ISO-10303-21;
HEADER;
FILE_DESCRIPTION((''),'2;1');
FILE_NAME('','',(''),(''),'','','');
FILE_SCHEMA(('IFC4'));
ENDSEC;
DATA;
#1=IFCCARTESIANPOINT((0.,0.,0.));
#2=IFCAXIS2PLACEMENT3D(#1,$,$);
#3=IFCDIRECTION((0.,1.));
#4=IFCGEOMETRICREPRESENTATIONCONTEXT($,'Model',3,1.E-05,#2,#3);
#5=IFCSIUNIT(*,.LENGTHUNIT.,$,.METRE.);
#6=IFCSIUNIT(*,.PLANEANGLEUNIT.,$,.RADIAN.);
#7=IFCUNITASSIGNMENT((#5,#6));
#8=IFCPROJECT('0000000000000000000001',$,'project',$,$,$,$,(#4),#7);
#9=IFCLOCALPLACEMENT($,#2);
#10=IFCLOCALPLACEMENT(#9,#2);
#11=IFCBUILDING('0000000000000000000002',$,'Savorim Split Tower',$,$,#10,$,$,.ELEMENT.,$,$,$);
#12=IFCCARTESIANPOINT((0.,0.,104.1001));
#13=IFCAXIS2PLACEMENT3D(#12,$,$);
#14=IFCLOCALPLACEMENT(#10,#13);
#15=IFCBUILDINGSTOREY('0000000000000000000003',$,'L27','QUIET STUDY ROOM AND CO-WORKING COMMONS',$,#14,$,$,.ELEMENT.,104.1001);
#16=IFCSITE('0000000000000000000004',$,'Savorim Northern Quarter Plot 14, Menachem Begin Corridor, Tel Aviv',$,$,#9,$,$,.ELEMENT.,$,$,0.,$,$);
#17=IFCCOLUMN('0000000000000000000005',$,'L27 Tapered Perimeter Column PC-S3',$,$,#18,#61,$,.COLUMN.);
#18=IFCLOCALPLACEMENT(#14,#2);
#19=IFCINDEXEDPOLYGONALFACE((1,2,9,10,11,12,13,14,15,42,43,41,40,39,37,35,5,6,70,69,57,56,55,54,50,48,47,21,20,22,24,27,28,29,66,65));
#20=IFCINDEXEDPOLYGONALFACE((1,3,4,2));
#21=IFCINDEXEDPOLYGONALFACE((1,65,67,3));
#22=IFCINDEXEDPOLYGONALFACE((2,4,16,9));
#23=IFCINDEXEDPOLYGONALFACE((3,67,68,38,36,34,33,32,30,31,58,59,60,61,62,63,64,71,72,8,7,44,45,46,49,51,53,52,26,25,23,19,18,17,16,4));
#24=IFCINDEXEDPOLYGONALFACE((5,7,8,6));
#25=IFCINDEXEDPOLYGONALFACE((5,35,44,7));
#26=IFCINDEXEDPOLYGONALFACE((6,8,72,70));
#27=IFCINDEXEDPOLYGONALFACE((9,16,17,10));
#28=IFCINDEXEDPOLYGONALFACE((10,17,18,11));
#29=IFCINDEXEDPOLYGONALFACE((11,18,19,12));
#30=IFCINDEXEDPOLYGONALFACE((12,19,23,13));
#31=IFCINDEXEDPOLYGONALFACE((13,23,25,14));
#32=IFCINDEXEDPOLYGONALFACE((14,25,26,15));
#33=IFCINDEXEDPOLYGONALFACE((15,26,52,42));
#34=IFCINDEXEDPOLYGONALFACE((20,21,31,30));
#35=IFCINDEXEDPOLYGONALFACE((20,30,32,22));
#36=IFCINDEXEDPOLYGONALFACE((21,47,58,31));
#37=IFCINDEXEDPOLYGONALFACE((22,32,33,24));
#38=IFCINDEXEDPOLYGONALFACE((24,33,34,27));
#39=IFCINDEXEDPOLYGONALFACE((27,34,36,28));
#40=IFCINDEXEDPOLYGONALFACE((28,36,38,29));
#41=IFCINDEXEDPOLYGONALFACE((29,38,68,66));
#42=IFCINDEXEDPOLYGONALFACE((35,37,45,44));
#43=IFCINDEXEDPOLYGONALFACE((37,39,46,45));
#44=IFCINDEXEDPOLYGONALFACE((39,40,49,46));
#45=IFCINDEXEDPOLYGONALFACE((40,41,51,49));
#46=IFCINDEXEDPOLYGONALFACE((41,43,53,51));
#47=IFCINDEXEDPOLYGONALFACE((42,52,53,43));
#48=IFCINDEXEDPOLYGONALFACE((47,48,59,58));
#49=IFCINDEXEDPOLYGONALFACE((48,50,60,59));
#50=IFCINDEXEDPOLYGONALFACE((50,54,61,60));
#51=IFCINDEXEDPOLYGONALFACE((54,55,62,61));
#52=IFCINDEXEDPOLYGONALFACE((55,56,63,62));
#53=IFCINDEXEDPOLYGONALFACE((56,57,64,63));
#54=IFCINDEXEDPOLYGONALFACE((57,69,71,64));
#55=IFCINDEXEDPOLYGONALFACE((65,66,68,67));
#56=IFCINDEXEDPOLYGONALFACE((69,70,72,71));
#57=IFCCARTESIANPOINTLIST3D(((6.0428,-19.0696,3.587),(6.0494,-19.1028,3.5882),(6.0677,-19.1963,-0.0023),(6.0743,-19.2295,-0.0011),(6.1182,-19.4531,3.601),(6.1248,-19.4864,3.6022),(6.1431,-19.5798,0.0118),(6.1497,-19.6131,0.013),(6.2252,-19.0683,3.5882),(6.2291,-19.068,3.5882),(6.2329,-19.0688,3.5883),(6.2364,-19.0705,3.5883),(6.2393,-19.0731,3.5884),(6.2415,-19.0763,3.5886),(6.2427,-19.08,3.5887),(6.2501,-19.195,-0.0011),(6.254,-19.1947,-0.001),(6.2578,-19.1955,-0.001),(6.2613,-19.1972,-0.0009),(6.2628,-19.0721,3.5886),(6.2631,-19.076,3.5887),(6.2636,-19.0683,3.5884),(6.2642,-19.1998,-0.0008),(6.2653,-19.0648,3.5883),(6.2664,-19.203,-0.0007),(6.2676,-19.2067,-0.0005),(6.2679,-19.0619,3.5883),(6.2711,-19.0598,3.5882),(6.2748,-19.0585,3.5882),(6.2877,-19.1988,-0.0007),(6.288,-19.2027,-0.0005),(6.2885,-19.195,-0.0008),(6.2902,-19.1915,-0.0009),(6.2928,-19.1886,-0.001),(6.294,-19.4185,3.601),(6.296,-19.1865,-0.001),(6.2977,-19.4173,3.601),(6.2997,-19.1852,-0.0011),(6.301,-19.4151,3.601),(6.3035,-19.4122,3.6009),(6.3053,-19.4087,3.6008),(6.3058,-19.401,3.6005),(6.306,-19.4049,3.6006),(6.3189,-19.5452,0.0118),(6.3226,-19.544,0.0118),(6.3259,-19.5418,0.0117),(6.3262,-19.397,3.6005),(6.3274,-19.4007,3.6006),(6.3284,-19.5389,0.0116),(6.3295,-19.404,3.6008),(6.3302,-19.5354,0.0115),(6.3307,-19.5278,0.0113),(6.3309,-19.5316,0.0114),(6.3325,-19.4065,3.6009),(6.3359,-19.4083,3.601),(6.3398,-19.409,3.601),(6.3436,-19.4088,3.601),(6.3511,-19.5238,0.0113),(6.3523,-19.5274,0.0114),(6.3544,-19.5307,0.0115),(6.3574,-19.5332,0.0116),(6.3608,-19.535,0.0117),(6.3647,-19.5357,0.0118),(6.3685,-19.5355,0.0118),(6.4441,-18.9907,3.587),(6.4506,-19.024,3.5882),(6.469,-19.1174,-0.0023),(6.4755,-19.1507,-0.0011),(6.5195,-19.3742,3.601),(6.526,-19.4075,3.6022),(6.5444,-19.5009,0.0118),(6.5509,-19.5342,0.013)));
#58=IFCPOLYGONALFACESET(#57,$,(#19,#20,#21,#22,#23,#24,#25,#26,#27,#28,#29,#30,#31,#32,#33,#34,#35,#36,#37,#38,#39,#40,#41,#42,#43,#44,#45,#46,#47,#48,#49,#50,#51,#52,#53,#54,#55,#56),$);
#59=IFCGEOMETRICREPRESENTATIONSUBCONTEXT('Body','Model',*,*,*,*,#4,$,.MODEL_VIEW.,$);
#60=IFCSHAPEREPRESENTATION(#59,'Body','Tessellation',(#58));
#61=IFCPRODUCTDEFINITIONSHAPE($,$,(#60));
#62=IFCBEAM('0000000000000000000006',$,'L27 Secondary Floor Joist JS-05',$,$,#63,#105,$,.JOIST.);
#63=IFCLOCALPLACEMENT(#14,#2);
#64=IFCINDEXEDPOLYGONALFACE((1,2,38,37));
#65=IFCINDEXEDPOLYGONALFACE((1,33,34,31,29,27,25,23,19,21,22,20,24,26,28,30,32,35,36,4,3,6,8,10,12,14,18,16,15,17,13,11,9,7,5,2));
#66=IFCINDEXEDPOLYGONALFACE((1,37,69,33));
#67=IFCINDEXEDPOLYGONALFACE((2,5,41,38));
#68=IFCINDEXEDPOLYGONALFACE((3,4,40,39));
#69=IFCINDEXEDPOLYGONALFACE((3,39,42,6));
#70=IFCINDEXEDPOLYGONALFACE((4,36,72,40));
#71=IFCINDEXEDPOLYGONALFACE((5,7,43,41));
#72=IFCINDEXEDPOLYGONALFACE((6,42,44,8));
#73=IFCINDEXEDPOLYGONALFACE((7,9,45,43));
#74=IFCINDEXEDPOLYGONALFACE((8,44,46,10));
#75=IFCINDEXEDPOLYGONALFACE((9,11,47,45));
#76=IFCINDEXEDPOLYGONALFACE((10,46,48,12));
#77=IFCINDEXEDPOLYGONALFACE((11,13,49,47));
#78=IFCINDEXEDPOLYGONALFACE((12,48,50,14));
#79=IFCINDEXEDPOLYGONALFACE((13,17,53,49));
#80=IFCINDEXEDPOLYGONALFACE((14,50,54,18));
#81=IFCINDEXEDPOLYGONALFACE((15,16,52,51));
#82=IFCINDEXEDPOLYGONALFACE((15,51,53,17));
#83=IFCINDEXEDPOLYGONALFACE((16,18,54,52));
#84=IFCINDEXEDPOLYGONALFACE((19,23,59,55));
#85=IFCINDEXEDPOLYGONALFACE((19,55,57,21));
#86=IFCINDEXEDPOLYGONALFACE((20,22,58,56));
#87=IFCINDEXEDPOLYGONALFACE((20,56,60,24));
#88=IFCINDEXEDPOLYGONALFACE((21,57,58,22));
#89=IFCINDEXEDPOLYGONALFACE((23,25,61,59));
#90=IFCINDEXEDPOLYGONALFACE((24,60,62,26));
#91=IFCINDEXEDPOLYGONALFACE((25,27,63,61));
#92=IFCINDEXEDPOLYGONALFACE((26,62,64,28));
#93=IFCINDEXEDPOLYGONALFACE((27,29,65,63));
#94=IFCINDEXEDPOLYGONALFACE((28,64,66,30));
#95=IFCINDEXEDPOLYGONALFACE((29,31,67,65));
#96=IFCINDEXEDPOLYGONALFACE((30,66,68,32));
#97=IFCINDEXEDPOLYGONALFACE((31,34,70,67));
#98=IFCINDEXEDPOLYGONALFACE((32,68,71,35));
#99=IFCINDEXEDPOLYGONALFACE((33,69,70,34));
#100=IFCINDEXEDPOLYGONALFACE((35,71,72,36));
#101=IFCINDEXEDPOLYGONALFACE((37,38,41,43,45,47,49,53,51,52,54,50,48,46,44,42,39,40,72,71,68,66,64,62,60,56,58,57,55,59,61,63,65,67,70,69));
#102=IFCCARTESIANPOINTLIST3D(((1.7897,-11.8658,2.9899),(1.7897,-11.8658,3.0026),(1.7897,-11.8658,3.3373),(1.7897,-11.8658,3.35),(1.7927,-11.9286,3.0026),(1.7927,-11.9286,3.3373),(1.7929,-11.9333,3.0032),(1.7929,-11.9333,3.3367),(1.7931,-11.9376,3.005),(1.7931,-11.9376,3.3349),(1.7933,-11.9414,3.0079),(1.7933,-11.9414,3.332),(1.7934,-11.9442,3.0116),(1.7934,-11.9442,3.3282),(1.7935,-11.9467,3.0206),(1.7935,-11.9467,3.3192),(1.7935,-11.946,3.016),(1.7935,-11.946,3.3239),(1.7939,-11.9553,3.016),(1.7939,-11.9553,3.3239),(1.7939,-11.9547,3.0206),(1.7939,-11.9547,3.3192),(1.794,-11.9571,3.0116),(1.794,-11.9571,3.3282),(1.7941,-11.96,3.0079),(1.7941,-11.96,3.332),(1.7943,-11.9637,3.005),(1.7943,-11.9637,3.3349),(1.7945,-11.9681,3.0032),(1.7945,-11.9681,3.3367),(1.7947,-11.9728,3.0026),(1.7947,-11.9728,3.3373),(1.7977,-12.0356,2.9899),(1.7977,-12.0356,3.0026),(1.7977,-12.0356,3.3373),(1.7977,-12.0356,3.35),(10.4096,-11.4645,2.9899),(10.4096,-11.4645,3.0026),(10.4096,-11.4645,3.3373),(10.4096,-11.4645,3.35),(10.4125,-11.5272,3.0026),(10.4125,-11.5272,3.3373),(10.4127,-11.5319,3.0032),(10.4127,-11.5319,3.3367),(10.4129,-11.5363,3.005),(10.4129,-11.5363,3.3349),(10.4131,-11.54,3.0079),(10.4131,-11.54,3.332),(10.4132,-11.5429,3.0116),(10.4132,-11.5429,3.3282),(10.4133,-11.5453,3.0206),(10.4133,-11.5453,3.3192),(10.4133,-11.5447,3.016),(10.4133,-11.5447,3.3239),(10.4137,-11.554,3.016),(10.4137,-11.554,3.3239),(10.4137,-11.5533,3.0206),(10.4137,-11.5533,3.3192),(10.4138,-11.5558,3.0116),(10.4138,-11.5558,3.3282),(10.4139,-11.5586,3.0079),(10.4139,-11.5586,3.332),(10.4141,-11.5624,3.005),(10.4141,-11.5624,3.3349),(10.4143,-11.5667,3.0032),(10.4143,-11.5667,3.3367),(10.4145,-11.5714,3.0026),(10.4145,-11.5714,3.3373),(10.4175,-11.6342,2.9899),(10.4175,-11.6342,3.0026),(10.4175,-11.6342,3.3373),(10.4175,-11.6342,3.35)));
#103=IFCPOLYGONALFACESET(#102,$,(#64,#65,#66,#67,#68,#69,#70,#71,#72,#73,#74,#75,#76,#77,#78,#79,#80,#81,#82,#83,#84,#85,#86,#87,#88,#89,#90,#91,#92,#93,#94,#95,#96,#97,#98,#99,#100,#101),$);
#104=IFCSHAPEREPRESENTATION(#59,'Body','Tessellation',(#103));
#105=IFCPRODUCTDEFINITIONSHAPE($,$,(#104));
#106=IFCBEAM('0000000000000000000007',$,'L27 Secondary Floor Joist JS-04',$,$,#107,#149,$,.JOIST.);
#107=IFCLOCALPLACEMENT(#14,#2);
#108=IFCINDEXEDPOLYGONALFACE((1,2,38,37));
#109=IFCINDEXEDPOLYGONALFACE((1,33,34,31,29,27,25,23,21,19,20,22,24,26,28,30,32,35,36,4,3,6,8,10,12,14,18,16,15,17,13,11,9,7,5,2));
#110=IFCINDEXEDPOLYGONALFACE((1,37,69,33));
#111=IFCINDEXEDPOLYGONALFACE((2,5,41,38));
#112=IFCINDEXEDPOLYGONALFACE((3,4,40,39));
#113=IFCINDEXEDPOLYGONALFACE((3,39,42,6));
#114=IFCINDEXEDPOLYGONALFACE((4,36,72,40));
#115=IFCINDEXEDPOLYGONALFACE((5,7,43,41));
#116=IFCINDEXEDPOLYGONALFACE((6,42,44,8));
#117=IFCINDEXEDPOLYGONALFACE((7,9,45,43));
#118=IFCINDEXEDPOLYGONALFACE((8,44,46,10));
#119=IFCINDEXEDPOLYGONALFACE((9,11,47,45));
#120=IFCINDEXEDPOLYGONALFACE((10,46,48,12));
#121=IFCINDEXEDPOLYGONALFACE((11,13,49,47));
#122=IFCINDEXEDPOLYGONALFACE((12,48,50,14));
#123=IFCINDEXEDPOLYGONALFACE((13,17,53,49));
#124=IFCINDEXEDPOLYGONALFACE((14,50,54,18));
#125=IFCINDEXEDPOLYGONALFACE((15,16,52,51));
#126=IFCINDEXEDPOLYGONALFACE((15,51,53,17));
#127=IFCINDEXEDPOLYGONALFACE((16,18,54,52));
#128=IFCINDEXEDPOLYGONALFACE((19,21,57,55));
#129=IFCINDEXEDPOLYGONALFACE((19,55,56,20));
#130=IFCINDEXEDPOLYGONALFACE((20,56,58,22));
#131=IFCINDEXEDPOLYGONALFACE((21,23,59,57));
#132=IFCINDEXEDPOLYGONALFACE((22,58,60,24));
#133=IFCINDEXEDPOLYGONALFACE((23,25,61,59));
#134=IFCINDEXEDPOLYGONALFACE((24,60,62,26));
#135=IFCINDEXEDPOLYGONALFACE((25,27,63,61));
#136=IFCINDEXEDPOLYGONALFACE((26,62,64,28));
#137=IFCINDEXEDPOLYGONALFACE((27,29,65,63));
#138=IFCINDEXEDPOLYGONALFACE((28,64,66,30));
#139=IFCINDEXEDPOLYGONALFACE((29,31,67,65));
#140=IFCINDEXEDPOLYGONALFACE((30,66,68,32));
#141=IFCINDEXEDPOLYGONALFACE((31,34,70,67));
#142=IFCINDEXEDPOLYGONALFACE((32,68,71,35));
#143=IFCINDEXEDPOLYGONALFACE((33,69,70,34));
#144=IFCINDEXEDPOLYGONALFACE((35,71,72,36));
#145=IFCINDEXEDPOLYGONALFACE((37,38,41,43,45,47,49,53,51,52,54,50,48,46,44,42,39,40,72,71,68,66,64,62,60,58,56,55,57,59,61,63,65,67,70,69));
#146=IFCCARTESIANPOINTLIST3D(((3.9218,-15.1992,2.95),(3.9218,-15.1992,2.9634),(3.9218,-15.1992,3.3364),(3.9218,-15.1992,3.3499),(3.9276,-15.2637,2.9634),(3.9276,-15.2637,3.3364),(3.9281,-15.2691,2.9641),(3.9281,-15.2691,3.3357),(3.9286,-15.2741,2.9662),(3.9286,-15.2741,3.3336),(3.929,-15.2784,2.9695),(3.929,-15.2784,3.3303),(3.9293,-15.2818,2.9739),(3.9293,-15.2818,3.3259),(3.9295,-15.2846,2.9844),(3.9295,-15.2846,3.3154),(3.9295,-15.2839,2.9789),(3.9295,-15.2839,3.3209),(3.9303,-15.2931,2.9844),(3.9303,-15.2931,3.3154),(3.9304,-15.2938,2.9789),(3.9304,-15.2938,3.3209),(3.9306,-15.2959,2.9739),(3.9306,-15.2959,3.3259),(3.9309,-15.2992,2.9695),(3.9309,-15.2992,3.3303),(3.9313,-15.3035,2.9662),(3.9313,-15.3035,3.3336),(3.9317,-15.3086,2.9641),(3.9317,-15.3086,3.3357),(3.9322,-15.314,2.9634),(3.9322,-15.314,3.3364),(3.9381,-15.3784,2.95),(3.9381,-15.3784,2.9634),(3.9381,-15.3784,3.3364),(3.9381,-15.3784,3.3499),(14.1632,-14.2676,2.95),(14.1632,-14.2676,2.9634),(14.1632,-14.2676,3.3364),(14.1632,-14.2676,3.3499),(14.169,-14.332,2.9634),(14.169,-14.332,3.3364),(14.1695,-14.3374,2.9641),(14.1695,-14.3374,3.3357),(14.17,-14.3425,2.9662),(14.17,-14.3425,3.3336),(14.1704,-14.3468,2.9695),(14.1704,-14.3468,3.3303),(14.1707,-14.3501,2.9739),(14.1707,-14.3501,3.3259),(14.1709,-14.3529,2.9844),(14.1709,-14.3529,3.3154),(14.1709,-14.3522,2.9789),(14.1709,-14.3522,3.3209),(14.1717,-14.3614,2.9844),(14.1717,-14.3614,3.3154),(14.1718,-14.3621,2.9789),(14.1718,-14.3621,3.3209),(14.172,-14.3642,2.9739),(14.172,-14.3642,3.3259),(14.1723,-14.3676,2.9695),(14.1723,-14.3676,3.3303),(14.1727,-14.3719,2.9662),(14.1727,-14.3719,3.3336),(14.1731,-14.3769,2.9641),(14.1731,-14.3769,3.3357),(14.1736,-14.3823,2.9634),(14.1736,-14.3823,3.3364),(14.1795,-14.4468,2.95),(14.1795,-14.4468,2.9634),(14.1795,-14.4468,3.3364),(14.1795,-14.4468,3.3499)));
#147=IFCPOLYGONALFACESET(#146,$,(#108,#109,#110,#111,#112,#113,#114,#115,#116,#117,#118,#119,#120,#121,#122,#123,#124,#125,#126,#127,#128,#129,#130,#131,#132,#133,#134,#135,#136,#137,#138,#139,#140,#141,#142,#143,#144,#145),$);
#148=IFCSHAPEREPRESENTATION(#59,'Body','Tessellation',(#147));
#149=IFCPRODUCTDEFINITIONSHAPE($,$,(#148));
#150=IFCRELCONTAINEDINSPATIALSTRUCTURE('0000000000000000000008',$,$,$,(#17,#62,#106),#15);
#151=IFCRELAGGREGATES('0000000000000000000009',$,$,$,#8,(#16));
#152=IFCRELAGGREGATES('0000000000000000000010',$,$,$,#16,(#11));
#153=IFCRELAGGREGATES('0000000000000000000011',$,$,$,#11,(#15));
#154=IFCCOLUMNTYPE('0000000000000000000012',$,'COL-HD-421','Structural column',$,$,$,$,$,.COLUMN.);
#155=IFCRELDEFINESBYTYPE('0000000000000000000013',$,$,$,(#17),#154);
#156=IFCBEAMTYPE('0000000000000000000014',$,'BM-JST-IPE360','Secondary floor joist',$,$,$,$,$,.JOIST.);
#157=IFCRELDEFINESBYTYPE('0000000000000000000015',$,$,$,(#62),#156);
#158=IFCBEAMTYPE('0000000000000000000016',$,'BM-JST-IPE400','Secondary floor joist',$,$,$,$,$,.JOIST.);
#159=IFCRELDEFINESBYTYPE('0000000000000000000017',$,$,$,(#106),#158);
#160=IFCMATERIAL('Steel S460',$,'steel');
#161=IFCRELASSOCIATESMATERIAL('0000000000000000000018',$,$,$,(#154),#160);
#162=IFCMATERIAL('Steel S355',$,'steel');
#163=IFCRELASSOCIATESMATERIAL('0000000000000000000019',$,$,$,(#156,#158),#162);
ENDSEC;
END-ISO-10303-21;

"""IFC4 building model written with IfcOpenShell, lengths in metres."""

from ifc_helpers import new_model, si_unit, direction, frame, origin, origin_2d, place, context, subcontext, project, spatial, i_section, extrude, material, material_profile, profile_set, type_object, element, save


model = new_model("IFC4")

# Units and contexts
model_context = context("Model", 3, precision=1e-05, world=origin(), true_north=direction((0.0, 1.0)))
body_context = subcontext(model_context, "Body", "Model", "MODEL_VIEW")
ifc_project = project(units=[si_unit("LENGTHUNIT", "METRE"), si_unit("PLANEANGLEUNIT", "RADIAN")], contexts=[model_context])

# Site, building, storey
site_placement = place(None, origin())
site = spatial("IfcSite", under=ifc_project, at=site_placement, Name="Savorim Northern Quarter Plot 14, Menachem Begin Corridor, Tel Aviv", CompositionType="ELEMENT", RefElevation=0.0)
building_placement = place(site_placement, origin())
building = spatial("IfcBuilding", under=site, at=building_placement, Name="Savorim Split Tower", CompositionType="ELEMENT")
storey_placement = place(building_placement, frame((0.0, 0.0, 104.1001)))
storey = spatial("IfcBuildingStorey", under=building, at=storey_placement, Name="L27", Description="QUIET STUDY ROOM AND CO-WORKING COMMONS", CompositionType="ELEMENT", Elevation=104.1001)

# Column
ifc_material_1 = material(Name="Steel S460", Category="steel")
ifc_material_profile_1 = material_profile(ifc_material_1, i_section(OverallWidth=0.4089, OverallDepth=0.425, WebThickness=0.0208, FlangeThickness=0.0339, FilletRadius=0.0149, at=origin_2d()), Name="HD 400x421")
ifc_profile_set_1 = profile_set([ifc_material_profile_1], Name="Steel S460")
column_type = type_object("IfcColumnType", Name="COL-HD-421", Description="Structural column", PredefinedType="COLUMN", material=ifc_profile_set_1)
column_placement = place(storey_placement, frame((6.3093, -19.3652, 0.0054), z_axis=(-0.006934, 0.035281, 0.999353), x_axis=(-0.98123, -0.192843, 0.0)))
element("IfcColumn", 1, at=column_placement, inside=storey, type_object=column_type, Name="L27 Tapered Perimeter Column PC-S3", PredefinedType="COLUMN", context=body_context, shape_type="SweptSolid", body=[
    extrude(i_section(OverallWidth=0.4089, OverallDepth=0.425, WebThickness=0.0208, FlangeThickness=0.0339, FilletRadius=0.0149, at=origin_2d()), origin(), (0.0, 0.0, 1.0), 3.5916),
])

# Beams
ifc_material_2 = material(Name="Steel S355", Category="steel")
ifc_material_profile_2 = material_profile(ifc_material_2, i_section(OverallWidth=0.1699, OverallDepth=0.3601, WebThickness=0.0081, FlangeThickness=0.0127, FilletRadius=0.0181, at=origin_2d()), Name="IPE 360")
ifc_profile_set_2 = profile_set([ifc_material_profile_2], Name="Steel S355")
beam_type_1 = type_object("IfcBeamType", Name="BM-JST-IPE360", Description="Secondary floor joist", PredefinedType="JOIST", material=ifc_profile_set_2)
beam_1_placement = place(storey_placement, frame((1.7937, -11.9507, 3.1699), z_axis=(0.998918, 0.046513, 0.0), x_axis=(-0.046513, 0.998918, 0.0)))
element("IfcBeam", 2, at=beam_1_placement, inside=storey, type_object=beam_type_1, Name="L27 Secondary Floor Joist JS-05", PredefinedType="JOIST", context=body_context, shape_type="SweptSolid", body=[
    extrude(i_section(OverallWidth=0.1699, OverallDepth=0.3601, WebThickness=0.0081, FlangeThickness=0.0127, FilletRadius=0.0181, at=origin_2d()), origin(), (0.0, 0.0, 1.0), 8.6292),
])
ifc_material_profile_3 = material_profile(ifc_material_2, i_section(OverallWidth=0.1799, OverallDepth=0.3999, WebThickness=0.0085, FlangeThickness=0.0134, FilletRadius=0.021, at=origin_2d()), Name="IPE 400")
ifc_profile_set_3 = profile_set([ifc_material_profile_3], Name="Steel S355")
beam_type_2 = type_object("IfcBeamType", Name="BM-JST-IPE400", Description="Secondary floor joist", PredefinedType="JOIST", material=ifc_profile_set_3)
beam_2_placement = place(storey_placement, frame((3.9299, -15.2888, 3.1499), z_axis=(0.995888, 0.090594, 0.0), x_axis=(-0.090594, 0.995888, 0.0)))
element("IfcBeam", 3, at=beam_2_placement, inside=storey, type_object=beam_type_2, Name="L27 Secondary Floor Joist JS-04", PredefinedType="JOIST", context=body_context, shape_type="SweptSolid", body=[
    extrude(i_section(OverallWidth=0.1799, OverallDepth=0.3999, WebThickness=0.0085, FlangeThickness=0.0134, FilletRadius=0.021, at=origin_2d()), origin(), (0.0, 0.0, 1.0), 10.2837),
])

save(model, "model.ifc")
